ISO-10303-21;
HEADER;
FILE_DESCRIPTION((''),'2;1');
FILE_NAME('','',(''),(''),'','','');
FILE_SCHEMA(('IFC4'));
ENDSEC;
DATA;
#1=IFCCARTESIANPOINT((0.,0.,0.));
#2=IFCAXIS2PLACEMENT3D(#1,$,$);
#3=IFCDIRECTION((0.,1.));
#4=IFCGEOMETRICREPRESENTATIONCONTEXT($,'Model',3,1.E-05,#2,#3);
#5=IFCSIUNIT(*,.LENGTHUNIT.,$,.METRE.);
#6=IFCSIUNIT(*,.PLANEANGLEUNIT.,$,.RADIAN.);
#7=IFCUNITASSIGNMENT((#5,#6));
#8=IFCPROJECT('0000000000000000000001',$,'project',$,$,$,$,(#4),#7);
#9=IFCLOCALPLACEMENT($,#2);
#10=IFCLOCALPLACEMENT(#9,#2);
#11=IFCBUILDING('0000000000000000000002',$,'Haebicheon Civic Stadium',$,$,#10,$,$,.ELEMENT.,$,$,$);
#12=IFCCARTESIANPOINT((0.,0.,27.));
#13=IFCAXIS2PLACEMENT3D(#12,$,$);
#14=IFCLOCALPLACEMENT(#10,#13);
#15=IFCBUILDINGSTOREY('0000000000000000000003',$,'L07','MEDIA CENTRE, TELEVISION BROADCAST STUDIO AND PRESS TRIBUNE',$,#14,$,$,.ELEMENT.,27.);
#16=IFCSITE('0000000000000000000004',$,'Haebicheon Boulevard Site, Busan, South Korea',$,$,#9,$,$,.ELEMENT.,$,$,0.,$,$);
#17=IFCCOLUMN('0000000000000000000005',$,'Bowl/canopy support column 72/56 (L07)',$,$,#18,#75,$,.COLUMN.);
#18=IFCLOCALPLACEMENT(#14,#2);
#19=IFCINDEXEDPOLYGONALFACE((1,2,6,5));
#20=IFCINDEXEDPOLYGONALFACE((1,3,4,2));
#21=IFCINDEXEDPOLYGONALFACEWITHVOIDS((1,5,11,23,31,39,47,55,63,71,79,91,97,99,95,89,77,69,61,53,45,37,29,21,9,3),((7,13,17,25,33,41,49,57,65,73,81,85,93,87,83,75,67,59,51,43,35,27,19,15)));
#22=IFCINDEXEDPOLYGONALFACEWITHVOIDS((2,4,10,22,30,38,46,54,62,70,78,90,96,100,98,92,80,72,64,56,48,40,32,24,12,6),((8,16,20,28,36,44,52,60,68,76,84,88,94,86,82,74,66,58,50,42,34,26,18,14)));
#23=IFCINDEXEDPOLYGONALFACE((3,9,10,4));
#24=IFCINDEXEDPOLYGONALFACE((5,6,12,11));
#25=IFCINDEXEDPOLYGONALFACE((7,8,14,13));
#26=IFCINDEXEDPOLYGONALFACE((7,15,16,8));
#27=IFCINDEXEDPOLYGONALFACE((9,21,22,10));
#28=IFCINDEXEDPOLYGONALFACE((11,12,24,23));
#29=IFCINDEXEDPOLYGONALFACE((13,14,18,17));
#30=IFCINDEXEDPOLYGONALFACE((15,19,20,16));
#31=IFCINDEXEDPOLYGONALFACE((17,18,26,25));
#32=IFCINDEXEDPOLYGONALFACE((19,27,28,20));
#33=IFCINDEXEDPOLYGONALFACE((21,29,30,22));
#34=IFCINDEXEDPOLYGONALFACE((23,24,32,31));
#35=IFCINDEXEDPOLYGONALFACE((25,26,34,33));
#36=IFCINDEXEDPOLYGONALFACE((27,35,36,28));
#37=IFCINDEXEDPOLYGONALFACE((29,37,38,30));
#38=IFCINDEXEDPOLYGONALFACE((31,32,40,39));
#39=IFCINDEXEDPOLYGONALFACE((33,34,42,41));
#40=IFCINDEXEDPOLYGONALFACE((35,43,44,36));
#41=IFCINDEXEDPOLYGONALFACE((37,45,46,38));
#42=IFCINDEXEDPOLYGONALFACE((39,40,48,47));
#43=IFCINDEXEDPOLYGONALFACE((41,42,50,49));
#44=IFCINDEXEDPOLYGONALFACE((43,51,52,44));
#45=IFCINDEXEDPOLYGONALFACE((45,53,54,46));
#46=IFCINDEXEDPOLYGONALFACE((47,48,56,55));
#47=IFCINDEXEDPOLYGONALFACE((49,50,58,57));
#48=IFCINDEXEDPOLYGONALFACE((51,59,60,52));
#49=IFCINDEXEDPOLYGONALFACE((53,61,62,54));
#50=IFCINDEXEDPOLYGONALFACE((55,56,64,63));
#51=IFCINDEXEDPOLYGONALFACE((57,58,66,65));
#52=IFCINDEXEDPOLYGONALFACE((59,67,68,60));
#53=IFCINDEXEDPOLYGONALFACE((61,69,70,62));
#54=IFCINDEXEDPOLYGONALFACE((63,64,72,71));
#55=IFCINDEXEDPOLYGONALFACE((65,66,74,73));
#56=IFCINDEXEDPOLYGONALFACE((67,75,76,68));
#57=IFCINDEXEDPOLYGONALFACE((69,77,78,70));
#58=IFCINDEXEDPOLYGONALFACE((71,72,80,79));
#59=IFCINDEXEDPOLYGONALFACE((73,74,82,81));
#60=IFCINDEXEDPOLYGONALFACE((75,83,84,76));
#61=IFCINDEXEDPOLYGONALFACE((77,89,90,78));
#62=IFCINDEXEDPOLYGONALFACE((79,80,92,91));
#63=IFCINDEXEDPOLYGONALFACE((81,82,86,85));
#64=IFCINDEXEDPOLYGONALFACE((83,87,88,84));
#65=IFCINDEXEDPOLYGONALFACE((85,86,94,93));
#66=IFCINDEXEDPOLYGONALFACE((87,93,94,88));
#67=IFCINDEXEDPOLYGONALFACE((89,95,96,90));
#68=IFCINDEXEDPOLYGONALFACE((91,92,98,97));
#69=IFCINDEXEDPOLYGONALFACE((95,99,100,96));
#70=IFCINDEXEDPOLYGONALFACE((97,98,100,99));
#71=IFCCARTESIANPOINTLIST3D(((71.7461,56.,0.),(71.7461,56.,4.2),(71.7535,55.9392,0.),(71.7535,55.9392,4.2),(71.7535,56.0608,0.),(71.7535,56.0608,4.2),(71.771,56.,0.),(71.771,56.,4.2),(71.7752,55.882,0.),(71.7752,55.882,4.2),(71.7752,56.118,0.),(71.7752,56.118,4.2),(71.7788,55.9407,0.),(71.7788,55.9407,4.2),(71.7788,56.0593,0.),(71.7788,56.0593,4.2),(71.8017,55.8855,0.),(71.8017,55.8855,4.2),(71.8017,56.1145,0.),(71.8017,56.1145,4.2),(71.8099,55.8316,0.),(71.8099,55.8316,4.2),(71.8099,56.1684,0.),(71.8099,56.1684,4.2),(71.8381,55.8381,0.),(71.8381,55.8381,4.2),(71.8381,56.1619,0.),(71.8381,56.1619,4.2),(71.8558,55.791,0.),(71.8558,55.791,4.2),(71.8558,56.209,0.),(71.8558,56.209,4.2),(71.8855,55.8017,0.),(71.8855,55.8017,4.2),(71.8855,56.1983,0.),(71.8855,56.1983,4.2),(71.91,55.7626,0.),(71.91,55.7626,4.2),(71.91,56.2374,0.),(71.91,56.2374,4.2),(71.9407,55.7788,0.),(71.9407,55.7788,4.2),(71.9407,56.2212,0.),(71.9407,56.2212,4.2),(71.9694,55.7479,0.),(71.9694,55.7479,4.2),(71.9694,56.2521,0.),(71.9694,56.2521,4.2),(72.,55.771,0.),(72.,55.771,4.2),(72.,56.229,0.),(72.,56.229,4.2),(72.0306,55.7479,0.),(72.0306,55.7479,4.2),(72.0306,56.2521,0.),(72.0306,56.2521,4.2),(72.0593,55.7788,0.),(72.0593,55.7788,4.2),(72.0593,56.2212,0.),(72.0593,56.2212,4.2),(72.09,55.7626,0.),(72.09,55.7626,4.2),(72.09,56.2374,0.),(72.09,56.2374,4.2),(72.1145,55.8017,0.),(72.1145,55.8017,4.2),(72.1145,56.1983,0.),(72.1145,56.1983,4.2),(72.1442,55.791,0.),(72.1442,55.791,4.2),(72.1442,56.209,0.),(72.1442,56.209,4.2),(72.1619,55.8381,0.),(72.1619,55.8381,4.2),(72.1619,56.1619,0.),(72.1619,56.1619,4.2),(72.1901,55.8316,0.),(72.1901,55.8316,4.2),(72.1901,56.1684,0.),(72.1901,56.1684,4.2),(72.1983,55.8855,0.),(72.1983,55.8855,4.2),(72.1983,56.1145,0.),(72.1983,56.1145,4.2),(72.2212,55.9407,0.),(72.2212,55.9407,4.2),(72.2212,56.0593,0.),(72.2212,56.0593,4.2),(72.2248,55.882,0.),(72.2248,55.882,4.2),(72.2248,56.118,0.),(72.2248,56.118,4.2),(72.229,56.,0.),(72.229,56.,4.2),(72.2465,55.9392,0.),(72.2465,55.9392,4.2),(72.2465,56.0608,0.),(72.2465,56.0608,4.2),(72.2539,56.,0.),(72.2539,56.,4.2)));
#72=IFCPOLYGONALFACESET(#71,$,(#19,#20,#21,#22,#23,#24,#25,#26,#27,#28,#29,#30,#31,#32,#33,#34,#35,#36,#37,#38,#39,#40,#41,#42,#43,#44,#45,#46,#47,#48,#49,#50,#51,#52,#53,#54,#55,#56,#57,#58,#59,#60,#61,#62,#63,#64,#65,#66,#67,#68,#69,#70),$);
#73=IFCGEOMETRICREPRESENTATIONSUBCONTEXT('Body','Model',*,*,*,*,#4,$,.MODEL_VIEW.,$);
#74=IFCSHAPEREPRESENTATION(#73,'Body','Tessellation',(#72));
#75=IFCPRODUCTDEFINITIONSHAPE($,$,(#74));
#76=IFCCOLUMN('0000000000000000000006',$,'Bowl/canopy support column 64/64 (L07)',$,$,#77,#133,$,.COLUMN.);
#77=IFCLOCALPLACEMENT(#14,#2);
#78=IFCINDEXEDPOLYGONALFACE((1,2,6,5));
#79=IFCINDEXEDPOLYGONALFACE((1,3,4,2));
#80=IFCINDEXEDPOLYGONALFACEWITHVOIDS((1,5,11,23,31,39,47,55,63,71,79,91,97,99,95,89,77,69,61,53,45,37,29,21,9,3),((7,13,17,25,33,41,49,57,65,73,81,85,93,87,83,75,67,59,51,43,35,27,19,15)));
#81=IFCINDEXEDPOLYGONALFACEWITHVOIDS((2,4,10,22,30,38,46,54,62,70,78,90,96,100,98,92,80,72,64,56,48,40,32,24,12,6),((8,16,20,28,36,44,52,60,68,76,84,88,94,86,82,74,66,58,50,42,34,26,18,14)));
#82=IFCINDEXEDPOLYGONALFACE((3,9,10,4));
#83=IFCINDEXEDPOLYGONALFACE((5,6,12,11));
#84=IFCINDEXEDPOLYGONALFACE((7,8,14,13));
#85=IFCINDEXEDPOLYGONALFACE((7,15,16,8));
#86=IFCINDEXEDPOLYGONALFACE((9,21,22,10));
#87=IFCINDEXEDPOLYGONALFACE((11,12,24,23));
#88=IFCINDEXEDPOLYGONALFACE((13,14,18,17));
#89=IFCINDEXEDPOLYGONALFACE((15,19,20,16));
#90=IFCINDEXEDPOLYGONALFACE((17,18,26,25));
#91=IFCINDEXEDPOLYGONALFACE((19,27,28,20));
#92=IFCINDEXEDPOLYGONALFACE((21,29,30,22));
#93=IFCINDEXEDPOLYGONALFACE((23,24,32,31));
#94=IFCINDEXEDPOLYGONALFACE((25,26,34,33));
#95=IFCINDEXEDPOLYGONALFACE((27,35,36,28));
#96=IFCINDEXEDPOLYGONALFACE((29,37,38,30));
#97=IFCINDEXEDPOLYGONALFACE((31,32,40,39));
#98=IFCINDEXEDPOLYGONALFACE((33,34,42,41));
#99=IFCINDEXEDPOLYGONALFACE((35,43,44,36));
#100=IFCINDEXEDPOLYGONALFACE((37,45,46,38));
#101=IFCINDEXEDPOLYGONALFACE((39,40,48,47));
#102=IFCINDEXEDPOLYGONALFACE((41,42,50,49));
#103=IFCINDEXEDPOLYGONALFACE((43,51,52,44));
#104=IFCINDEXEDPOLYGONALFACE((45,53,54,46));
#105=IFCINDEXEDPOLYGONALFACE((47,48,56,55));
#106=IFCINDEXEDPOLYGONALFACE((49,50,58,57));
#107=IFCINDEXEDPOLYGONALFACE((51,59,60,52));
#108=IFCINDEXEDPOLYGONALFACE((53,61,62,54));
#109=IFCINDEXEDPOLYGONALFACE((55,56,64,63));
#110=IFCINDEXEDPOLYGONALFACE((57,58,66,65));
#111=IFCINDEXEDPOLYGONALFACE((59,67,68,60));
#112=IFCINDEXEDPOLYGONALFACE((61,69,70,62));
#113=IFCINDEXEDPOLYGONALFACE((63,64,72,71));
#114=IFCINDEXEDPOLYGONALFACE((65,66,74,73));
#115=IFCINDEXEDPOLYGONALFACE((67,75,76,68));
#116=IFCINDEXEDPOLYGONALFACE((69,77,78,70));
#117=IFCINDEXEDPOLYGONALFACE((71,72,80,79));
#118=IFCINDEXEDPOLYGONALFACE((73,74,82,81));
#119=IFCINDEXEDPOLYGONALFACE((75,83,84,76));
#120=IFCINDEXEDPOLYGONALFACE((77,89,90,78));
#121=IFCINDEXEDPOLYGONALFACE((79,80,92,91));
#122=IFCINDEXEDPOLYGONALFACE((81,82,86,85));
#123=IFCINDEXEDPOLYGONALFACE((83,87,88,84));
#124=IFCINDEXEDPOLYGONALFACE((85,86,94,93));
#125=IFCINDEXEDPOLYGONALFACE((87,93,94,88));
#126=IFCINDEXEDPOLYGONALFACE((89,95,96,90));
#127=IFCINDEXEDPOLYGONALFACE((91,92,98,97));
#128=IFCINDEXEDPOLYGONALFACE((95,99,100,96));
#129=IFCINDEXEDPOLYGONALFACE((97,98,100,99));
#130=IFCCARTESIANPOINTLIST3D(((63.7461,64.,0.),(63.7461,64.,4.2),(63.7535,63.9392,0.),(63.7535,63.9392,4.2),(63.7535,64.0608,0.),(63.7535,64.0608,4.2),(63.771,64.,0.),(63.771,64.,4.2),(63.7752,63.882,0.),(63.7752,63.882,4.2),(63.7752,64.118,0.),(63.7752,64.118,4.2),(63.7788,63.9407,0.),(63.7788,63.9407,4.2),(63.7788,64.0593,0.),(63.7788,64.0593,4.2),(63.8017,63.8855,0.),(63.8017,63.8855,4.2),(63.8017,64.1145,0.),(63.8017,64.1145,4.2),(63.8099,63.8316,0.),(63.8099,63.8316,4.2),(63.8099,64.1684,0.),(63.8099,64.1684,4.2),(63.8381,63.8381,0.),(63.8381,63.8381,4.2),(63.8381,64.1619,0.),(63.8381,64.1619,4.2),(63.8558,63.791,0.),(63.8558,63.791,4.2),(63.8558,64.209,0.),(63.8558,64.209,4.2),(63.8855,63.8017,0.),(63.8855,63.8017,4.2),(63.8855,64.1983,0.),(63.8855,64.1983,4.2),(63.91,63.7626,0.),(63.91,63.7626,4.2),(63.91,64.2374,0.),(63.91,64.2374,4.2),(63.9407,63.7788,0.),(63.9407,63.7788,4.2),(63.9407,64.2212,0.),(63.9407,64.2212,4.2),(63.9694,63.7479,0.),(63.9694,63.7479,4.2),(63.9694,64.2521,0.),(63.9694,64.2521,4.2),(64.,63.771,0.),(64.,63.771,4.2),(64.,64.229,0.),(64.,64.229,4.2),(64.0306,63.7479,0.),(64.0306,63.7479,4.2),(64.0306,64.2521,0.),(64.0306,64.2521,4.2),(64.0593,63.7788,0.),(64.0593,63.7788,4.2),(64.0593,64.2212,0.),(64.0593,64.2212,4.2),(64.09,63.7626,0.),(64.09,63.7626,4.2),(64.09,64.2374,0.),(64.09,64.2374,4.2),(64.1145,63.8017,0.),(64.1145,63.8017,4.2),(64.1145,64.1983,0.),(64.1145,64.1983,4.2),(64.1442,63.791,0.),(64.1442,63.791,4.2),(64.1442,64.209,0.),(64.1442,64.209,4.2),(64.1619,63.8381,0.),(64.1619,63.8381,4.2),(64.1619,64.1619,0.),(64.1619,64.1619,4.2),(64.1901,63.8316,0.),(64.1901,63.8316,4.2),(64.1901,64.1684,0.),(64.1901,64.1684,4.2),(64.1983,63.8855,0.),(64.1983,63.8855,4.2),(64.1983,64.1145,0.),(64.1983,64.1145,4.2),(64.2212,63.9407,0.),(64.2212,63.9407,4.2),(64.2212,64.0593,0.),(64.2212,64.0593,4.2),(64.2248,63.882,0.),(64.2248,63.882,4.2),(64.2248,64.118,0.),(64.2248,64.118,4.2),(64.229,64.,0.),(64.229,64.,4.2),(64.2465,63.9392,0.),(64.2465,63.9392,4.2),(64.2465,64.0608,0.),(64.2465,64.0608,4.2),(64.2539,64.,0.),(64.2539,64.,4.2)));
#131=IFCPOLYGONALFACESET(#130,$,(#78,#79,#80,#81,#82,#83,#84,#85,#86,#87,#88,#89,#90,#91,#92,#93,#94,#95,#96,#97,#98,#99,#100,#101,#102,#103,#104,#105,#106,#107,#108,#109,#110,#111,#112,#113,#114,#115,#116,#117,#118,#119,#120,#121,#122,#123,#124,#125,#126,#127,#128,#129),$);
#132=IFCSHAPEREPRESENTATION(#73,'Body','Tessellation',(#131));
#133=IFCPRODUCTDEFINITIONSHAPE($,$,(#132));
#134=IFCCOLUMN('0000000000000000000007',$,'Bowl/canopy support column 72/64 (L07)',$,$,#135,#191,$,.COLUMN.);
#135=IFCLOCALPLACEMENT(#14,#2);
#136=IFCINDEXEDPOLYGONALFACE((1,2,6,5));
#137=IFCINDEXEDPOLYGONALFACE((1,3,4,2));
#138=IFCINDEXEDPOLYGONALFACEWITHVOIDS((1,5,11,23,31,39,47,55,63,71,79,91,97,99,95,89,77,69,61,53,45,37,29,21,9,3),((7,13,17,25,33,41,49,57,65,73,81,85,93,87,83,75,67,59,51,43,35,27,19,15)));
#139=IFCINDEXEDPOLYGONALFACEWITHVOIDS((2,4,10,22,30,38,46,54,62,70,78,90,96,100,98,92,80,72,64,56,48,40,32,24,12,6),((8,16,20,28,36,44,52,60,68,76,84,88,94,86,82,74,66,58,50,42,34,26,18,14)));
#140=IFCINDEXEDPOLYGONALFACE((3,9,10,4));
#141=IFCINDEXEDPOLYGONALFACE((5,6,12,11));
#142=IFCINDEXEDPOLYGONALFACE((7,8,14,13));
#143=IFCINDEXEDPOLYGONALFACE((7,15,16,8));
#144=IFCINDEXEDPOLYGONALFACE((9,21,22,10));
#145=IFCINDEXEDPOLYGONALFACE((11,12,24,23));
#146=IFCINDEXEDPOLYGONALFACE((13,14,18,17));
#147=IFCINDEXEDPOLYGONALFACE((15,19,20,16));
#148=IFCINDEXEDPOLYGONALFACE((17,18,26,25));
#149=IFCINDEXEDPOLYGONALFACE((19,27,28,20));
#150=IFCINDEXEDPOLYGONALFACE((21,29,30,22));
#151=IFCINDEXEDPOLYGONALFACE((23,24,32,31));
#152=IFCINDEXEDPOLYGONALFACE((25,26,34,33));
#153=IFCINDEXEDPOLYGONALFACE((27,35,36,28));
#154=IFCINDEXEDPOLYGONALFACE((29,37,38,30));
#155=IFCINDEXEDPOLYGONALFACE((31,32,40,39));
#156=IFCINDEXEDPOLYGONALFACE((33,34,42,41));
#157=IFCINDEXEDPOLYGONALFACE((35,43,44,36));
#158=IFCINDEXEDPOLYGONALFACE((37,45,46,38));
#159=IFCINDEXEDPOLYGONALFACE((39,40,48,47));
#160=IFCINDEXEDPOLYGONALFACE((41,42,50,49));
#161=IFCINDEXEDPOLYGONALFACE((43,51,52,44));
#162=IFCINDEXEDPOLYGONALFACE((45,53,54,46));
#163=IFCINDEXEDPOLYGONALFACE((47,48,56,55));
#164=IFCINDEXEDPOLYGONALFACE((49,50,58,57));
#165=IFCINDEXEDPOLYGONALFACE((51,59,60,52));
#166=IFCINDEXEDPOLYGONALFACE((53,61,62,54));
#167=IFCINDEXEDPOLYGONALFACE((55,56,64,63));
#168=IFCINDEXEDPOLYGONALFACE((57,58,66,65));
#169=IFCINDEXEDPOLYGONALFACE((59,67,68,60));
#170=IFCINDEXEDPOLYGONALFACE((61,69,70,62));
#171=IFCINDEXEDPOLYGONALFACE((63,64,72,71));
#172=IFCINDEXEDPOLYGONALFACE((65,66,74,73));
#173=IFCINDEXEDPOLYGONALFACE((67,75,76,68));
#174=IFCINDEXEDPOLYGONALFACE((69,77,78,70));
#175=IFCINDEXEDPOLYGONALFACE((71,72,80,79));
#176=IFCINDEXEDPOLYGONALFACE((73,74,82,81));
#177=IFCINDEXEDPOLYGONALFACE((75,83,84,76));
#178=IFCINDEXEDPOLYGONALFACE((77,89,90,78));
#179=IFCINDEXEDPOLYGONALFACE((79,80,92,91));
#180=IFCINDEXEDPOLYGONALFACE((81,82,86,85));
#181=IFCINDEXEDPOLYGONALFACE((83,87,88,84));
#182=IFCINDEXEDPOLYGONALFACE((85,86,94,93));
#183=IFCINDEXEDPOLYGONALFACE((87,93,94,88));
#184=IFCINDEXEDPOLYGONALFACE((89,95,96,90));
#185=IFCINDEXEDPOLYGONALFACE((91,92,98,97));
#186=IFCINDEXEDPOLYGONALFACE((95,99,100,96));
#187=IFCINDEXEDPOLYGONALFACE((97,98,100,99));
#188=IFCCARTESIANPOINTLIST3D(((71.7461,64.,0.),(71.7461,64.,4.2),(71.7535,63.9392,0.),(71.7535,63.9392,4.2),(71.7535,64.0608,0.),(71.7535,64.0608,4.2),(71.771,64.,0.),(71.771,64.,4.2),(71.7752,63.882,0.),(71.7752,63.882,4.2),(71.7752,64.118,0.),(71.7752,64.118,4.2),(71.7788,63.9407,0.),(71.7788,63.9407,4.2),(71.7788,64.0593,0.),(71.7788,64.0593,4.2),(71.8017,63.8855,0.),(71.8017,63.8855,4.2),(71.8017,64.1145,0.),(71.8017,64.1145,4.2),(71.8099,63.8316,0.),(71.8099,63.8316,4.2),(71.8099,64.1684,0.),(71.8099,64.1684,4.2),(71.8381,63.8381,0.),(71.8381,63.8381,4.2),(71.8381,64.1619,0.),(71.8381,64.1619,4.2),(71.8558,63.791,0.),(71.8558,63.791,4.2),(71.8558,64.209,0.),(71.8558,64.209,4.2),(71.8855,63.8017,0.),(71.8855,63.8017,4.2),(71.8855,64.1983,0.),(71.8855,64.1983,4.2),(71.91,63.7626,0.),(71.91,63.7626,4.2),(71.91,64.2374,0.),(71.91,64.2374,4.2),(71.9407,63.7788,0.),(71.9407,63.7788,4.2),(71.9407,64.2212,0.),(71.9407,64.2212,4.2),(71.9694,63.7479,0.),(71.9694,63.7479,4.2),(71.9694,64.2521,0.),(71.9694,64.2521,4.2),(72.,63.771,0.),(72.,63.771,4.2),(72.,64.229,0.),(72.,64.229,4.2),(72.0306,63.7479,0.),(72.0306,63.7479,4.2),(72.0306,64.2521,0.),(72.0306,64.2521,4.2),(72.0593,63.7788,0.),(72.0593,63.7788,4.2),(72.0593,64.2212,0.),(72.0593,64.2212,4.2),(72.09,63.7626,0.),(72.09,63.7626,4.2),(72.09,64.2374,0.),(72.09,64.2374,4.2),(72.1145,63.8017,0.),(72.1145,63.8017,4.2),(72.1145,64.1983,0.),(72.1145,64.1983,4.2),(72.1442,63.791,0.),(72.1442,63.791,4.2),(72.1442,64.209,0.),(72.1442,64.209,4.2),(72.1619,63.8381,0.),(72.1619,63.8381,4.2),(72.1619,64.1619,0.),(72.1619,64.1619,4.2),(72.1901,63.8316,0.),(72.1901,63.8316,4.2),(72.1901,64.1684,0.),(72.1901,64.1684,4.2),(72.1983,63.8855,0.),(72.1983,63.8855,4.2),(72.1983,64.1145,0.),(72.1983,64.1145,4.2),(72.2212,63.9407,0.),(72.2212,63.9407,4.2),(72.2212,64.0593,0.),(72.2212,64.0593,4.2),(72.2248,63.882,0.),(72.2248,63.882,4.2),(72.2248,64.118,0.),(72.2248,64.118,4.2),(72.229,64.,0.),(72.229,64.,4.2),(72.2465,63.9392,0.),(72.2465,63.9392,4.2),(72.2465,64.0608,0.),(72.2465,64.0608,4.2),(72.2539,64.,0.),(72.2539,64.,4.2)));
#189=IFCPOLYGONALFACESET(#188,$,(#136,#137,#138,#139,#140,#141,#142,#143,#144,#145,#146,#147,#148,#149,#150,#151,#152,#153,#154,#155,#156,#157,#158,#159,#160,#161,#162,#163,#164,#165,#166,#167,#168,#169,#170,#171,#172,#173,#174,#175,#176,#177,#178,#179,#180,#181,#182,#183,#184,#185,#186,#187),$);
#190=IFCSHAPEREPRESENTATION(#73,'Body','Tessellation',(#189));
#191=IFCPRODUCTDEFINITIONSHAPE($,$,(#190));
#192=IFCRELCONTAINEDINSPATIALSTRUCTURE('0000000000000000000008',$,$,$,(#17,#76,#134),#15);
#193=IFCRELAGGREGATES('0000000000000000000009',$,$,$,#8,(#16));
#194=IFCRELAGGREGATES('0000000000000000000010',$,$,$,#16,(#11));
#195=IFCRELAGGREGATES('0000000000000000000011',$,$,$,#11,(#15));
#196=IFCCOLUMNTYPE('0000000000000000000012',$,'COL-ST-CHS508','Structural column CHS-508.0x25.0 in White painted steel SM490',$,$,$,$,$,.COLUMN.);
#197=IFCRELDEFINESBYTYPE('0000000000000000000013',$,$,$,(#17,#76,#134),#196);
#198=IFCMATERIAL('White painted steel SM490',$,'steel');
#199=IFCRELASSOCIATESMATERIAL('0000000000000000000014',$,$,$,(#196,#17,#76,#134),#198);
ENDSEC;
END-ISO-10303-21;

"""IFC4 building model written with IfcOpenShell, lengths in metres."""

from ifc_helpers import new_model, si_unit, direction, frame, origin, origin_2d, place, context, subcontext, project, spatial, hollow_circle, extrude, material, material_profile, profile_set, type_object, element, save


model = new_model("IFC4")

# Units and contexts
model_context = context("Model", 3, precision=1e-05, world=origin(), true_north=direction((0.0, 1.0)))
body_context = subcontext(model_context, "Body", "Model", "MODEL_VIEW")
ifc_project = project(units=[si_unit("LENGTHUNIT", "METRE"), si_unit("PLANEANGLEUNIT", "RADIAN")], contexts=[model_context])

# Site, building, storey
site_placement = place(None, origin())
site = spatial("IfcSite", under=ifc_project, at=site_placement, Name="Haebicheon Boulevard Site, Busan, South Korea", CompositionType="ELEMENT", RefElevation=0.0)
building_placement = place(site_placement, origin())
building = spatial("IfcBuilding", under=site, at=building_placement, Name="Haebicheon Civic Stadium", CompositionType="ELEMENT")
storey_placement = place(building_placement, frame((0.0, 0.0, 27.0)))
storey = spatial("IfcBuildingStorey", under=building, at=storey_placement, Name="L07", Description="MEDIA CENTRE, TELEVISION BROADCAST STUDIO AND PRESS TRIBUNE", CompositionType="ELEMENT", Elevation=27.0)

# Columns
ifc_material_1 = material(Name="White painted steel SM490", Category="steel")
ifc_material_profile_1 = material_profile(ifc_material_1, hollow_circle(Radius=0.2539, WallThickness=0.0249, at=origin_2d()), Name="CHS-508.0x25.0")
ifc_profile_set_1 = profile_set([ifc_material_profile_1], Name="White painted steel SM490")
column_type_1 = type_object("IfcColumnType", Name="COL-ST-CHS508", Description="Structural column CHS-508.0x25.0 in White painted steel SM490", PredefinedType="COLUMN", material=ifc_profile_set_1)
for number, where, z_axis, x_axis, name in (
    (1, (72.0, 56.0, 0.0), (0.0, 0.0, 1.0), (1.0, 0.0, 0.0), "Bowl/canopy support column 72/56 (L07)"),
    (2, (64.0, 64.0, 0.0), (0.0, 0.0, 1.0), (1.0, 0.0, 0.0), "Bowl/canopy support column 64/64 (L07)"),
    (3, (72.0, 64.0, 0.0), (0.0, 0.0, 1.0), (1.0, 0.0, 0.0), "Bowl/canopy support column 72/64 (L07)"),
):
    element("IfcColumn", number, at=place(storey_placement, frame(where, z_axis=z_axis, x_axis=x_axis)), inside=storey, type_object=column_type_1, material=ifc_profile_set_1, Name=name, PredefinedType="COLUMN", context=body_context, shape_type="SweptSolid", body=[
        extrude(hollow_circle(Radius=0.2539, WallThickness=0.0249, at=origin_2d()), origin(), (0.0, 0.0, 1.0), 4.2),
    ])

save(model, "model.ifc")
